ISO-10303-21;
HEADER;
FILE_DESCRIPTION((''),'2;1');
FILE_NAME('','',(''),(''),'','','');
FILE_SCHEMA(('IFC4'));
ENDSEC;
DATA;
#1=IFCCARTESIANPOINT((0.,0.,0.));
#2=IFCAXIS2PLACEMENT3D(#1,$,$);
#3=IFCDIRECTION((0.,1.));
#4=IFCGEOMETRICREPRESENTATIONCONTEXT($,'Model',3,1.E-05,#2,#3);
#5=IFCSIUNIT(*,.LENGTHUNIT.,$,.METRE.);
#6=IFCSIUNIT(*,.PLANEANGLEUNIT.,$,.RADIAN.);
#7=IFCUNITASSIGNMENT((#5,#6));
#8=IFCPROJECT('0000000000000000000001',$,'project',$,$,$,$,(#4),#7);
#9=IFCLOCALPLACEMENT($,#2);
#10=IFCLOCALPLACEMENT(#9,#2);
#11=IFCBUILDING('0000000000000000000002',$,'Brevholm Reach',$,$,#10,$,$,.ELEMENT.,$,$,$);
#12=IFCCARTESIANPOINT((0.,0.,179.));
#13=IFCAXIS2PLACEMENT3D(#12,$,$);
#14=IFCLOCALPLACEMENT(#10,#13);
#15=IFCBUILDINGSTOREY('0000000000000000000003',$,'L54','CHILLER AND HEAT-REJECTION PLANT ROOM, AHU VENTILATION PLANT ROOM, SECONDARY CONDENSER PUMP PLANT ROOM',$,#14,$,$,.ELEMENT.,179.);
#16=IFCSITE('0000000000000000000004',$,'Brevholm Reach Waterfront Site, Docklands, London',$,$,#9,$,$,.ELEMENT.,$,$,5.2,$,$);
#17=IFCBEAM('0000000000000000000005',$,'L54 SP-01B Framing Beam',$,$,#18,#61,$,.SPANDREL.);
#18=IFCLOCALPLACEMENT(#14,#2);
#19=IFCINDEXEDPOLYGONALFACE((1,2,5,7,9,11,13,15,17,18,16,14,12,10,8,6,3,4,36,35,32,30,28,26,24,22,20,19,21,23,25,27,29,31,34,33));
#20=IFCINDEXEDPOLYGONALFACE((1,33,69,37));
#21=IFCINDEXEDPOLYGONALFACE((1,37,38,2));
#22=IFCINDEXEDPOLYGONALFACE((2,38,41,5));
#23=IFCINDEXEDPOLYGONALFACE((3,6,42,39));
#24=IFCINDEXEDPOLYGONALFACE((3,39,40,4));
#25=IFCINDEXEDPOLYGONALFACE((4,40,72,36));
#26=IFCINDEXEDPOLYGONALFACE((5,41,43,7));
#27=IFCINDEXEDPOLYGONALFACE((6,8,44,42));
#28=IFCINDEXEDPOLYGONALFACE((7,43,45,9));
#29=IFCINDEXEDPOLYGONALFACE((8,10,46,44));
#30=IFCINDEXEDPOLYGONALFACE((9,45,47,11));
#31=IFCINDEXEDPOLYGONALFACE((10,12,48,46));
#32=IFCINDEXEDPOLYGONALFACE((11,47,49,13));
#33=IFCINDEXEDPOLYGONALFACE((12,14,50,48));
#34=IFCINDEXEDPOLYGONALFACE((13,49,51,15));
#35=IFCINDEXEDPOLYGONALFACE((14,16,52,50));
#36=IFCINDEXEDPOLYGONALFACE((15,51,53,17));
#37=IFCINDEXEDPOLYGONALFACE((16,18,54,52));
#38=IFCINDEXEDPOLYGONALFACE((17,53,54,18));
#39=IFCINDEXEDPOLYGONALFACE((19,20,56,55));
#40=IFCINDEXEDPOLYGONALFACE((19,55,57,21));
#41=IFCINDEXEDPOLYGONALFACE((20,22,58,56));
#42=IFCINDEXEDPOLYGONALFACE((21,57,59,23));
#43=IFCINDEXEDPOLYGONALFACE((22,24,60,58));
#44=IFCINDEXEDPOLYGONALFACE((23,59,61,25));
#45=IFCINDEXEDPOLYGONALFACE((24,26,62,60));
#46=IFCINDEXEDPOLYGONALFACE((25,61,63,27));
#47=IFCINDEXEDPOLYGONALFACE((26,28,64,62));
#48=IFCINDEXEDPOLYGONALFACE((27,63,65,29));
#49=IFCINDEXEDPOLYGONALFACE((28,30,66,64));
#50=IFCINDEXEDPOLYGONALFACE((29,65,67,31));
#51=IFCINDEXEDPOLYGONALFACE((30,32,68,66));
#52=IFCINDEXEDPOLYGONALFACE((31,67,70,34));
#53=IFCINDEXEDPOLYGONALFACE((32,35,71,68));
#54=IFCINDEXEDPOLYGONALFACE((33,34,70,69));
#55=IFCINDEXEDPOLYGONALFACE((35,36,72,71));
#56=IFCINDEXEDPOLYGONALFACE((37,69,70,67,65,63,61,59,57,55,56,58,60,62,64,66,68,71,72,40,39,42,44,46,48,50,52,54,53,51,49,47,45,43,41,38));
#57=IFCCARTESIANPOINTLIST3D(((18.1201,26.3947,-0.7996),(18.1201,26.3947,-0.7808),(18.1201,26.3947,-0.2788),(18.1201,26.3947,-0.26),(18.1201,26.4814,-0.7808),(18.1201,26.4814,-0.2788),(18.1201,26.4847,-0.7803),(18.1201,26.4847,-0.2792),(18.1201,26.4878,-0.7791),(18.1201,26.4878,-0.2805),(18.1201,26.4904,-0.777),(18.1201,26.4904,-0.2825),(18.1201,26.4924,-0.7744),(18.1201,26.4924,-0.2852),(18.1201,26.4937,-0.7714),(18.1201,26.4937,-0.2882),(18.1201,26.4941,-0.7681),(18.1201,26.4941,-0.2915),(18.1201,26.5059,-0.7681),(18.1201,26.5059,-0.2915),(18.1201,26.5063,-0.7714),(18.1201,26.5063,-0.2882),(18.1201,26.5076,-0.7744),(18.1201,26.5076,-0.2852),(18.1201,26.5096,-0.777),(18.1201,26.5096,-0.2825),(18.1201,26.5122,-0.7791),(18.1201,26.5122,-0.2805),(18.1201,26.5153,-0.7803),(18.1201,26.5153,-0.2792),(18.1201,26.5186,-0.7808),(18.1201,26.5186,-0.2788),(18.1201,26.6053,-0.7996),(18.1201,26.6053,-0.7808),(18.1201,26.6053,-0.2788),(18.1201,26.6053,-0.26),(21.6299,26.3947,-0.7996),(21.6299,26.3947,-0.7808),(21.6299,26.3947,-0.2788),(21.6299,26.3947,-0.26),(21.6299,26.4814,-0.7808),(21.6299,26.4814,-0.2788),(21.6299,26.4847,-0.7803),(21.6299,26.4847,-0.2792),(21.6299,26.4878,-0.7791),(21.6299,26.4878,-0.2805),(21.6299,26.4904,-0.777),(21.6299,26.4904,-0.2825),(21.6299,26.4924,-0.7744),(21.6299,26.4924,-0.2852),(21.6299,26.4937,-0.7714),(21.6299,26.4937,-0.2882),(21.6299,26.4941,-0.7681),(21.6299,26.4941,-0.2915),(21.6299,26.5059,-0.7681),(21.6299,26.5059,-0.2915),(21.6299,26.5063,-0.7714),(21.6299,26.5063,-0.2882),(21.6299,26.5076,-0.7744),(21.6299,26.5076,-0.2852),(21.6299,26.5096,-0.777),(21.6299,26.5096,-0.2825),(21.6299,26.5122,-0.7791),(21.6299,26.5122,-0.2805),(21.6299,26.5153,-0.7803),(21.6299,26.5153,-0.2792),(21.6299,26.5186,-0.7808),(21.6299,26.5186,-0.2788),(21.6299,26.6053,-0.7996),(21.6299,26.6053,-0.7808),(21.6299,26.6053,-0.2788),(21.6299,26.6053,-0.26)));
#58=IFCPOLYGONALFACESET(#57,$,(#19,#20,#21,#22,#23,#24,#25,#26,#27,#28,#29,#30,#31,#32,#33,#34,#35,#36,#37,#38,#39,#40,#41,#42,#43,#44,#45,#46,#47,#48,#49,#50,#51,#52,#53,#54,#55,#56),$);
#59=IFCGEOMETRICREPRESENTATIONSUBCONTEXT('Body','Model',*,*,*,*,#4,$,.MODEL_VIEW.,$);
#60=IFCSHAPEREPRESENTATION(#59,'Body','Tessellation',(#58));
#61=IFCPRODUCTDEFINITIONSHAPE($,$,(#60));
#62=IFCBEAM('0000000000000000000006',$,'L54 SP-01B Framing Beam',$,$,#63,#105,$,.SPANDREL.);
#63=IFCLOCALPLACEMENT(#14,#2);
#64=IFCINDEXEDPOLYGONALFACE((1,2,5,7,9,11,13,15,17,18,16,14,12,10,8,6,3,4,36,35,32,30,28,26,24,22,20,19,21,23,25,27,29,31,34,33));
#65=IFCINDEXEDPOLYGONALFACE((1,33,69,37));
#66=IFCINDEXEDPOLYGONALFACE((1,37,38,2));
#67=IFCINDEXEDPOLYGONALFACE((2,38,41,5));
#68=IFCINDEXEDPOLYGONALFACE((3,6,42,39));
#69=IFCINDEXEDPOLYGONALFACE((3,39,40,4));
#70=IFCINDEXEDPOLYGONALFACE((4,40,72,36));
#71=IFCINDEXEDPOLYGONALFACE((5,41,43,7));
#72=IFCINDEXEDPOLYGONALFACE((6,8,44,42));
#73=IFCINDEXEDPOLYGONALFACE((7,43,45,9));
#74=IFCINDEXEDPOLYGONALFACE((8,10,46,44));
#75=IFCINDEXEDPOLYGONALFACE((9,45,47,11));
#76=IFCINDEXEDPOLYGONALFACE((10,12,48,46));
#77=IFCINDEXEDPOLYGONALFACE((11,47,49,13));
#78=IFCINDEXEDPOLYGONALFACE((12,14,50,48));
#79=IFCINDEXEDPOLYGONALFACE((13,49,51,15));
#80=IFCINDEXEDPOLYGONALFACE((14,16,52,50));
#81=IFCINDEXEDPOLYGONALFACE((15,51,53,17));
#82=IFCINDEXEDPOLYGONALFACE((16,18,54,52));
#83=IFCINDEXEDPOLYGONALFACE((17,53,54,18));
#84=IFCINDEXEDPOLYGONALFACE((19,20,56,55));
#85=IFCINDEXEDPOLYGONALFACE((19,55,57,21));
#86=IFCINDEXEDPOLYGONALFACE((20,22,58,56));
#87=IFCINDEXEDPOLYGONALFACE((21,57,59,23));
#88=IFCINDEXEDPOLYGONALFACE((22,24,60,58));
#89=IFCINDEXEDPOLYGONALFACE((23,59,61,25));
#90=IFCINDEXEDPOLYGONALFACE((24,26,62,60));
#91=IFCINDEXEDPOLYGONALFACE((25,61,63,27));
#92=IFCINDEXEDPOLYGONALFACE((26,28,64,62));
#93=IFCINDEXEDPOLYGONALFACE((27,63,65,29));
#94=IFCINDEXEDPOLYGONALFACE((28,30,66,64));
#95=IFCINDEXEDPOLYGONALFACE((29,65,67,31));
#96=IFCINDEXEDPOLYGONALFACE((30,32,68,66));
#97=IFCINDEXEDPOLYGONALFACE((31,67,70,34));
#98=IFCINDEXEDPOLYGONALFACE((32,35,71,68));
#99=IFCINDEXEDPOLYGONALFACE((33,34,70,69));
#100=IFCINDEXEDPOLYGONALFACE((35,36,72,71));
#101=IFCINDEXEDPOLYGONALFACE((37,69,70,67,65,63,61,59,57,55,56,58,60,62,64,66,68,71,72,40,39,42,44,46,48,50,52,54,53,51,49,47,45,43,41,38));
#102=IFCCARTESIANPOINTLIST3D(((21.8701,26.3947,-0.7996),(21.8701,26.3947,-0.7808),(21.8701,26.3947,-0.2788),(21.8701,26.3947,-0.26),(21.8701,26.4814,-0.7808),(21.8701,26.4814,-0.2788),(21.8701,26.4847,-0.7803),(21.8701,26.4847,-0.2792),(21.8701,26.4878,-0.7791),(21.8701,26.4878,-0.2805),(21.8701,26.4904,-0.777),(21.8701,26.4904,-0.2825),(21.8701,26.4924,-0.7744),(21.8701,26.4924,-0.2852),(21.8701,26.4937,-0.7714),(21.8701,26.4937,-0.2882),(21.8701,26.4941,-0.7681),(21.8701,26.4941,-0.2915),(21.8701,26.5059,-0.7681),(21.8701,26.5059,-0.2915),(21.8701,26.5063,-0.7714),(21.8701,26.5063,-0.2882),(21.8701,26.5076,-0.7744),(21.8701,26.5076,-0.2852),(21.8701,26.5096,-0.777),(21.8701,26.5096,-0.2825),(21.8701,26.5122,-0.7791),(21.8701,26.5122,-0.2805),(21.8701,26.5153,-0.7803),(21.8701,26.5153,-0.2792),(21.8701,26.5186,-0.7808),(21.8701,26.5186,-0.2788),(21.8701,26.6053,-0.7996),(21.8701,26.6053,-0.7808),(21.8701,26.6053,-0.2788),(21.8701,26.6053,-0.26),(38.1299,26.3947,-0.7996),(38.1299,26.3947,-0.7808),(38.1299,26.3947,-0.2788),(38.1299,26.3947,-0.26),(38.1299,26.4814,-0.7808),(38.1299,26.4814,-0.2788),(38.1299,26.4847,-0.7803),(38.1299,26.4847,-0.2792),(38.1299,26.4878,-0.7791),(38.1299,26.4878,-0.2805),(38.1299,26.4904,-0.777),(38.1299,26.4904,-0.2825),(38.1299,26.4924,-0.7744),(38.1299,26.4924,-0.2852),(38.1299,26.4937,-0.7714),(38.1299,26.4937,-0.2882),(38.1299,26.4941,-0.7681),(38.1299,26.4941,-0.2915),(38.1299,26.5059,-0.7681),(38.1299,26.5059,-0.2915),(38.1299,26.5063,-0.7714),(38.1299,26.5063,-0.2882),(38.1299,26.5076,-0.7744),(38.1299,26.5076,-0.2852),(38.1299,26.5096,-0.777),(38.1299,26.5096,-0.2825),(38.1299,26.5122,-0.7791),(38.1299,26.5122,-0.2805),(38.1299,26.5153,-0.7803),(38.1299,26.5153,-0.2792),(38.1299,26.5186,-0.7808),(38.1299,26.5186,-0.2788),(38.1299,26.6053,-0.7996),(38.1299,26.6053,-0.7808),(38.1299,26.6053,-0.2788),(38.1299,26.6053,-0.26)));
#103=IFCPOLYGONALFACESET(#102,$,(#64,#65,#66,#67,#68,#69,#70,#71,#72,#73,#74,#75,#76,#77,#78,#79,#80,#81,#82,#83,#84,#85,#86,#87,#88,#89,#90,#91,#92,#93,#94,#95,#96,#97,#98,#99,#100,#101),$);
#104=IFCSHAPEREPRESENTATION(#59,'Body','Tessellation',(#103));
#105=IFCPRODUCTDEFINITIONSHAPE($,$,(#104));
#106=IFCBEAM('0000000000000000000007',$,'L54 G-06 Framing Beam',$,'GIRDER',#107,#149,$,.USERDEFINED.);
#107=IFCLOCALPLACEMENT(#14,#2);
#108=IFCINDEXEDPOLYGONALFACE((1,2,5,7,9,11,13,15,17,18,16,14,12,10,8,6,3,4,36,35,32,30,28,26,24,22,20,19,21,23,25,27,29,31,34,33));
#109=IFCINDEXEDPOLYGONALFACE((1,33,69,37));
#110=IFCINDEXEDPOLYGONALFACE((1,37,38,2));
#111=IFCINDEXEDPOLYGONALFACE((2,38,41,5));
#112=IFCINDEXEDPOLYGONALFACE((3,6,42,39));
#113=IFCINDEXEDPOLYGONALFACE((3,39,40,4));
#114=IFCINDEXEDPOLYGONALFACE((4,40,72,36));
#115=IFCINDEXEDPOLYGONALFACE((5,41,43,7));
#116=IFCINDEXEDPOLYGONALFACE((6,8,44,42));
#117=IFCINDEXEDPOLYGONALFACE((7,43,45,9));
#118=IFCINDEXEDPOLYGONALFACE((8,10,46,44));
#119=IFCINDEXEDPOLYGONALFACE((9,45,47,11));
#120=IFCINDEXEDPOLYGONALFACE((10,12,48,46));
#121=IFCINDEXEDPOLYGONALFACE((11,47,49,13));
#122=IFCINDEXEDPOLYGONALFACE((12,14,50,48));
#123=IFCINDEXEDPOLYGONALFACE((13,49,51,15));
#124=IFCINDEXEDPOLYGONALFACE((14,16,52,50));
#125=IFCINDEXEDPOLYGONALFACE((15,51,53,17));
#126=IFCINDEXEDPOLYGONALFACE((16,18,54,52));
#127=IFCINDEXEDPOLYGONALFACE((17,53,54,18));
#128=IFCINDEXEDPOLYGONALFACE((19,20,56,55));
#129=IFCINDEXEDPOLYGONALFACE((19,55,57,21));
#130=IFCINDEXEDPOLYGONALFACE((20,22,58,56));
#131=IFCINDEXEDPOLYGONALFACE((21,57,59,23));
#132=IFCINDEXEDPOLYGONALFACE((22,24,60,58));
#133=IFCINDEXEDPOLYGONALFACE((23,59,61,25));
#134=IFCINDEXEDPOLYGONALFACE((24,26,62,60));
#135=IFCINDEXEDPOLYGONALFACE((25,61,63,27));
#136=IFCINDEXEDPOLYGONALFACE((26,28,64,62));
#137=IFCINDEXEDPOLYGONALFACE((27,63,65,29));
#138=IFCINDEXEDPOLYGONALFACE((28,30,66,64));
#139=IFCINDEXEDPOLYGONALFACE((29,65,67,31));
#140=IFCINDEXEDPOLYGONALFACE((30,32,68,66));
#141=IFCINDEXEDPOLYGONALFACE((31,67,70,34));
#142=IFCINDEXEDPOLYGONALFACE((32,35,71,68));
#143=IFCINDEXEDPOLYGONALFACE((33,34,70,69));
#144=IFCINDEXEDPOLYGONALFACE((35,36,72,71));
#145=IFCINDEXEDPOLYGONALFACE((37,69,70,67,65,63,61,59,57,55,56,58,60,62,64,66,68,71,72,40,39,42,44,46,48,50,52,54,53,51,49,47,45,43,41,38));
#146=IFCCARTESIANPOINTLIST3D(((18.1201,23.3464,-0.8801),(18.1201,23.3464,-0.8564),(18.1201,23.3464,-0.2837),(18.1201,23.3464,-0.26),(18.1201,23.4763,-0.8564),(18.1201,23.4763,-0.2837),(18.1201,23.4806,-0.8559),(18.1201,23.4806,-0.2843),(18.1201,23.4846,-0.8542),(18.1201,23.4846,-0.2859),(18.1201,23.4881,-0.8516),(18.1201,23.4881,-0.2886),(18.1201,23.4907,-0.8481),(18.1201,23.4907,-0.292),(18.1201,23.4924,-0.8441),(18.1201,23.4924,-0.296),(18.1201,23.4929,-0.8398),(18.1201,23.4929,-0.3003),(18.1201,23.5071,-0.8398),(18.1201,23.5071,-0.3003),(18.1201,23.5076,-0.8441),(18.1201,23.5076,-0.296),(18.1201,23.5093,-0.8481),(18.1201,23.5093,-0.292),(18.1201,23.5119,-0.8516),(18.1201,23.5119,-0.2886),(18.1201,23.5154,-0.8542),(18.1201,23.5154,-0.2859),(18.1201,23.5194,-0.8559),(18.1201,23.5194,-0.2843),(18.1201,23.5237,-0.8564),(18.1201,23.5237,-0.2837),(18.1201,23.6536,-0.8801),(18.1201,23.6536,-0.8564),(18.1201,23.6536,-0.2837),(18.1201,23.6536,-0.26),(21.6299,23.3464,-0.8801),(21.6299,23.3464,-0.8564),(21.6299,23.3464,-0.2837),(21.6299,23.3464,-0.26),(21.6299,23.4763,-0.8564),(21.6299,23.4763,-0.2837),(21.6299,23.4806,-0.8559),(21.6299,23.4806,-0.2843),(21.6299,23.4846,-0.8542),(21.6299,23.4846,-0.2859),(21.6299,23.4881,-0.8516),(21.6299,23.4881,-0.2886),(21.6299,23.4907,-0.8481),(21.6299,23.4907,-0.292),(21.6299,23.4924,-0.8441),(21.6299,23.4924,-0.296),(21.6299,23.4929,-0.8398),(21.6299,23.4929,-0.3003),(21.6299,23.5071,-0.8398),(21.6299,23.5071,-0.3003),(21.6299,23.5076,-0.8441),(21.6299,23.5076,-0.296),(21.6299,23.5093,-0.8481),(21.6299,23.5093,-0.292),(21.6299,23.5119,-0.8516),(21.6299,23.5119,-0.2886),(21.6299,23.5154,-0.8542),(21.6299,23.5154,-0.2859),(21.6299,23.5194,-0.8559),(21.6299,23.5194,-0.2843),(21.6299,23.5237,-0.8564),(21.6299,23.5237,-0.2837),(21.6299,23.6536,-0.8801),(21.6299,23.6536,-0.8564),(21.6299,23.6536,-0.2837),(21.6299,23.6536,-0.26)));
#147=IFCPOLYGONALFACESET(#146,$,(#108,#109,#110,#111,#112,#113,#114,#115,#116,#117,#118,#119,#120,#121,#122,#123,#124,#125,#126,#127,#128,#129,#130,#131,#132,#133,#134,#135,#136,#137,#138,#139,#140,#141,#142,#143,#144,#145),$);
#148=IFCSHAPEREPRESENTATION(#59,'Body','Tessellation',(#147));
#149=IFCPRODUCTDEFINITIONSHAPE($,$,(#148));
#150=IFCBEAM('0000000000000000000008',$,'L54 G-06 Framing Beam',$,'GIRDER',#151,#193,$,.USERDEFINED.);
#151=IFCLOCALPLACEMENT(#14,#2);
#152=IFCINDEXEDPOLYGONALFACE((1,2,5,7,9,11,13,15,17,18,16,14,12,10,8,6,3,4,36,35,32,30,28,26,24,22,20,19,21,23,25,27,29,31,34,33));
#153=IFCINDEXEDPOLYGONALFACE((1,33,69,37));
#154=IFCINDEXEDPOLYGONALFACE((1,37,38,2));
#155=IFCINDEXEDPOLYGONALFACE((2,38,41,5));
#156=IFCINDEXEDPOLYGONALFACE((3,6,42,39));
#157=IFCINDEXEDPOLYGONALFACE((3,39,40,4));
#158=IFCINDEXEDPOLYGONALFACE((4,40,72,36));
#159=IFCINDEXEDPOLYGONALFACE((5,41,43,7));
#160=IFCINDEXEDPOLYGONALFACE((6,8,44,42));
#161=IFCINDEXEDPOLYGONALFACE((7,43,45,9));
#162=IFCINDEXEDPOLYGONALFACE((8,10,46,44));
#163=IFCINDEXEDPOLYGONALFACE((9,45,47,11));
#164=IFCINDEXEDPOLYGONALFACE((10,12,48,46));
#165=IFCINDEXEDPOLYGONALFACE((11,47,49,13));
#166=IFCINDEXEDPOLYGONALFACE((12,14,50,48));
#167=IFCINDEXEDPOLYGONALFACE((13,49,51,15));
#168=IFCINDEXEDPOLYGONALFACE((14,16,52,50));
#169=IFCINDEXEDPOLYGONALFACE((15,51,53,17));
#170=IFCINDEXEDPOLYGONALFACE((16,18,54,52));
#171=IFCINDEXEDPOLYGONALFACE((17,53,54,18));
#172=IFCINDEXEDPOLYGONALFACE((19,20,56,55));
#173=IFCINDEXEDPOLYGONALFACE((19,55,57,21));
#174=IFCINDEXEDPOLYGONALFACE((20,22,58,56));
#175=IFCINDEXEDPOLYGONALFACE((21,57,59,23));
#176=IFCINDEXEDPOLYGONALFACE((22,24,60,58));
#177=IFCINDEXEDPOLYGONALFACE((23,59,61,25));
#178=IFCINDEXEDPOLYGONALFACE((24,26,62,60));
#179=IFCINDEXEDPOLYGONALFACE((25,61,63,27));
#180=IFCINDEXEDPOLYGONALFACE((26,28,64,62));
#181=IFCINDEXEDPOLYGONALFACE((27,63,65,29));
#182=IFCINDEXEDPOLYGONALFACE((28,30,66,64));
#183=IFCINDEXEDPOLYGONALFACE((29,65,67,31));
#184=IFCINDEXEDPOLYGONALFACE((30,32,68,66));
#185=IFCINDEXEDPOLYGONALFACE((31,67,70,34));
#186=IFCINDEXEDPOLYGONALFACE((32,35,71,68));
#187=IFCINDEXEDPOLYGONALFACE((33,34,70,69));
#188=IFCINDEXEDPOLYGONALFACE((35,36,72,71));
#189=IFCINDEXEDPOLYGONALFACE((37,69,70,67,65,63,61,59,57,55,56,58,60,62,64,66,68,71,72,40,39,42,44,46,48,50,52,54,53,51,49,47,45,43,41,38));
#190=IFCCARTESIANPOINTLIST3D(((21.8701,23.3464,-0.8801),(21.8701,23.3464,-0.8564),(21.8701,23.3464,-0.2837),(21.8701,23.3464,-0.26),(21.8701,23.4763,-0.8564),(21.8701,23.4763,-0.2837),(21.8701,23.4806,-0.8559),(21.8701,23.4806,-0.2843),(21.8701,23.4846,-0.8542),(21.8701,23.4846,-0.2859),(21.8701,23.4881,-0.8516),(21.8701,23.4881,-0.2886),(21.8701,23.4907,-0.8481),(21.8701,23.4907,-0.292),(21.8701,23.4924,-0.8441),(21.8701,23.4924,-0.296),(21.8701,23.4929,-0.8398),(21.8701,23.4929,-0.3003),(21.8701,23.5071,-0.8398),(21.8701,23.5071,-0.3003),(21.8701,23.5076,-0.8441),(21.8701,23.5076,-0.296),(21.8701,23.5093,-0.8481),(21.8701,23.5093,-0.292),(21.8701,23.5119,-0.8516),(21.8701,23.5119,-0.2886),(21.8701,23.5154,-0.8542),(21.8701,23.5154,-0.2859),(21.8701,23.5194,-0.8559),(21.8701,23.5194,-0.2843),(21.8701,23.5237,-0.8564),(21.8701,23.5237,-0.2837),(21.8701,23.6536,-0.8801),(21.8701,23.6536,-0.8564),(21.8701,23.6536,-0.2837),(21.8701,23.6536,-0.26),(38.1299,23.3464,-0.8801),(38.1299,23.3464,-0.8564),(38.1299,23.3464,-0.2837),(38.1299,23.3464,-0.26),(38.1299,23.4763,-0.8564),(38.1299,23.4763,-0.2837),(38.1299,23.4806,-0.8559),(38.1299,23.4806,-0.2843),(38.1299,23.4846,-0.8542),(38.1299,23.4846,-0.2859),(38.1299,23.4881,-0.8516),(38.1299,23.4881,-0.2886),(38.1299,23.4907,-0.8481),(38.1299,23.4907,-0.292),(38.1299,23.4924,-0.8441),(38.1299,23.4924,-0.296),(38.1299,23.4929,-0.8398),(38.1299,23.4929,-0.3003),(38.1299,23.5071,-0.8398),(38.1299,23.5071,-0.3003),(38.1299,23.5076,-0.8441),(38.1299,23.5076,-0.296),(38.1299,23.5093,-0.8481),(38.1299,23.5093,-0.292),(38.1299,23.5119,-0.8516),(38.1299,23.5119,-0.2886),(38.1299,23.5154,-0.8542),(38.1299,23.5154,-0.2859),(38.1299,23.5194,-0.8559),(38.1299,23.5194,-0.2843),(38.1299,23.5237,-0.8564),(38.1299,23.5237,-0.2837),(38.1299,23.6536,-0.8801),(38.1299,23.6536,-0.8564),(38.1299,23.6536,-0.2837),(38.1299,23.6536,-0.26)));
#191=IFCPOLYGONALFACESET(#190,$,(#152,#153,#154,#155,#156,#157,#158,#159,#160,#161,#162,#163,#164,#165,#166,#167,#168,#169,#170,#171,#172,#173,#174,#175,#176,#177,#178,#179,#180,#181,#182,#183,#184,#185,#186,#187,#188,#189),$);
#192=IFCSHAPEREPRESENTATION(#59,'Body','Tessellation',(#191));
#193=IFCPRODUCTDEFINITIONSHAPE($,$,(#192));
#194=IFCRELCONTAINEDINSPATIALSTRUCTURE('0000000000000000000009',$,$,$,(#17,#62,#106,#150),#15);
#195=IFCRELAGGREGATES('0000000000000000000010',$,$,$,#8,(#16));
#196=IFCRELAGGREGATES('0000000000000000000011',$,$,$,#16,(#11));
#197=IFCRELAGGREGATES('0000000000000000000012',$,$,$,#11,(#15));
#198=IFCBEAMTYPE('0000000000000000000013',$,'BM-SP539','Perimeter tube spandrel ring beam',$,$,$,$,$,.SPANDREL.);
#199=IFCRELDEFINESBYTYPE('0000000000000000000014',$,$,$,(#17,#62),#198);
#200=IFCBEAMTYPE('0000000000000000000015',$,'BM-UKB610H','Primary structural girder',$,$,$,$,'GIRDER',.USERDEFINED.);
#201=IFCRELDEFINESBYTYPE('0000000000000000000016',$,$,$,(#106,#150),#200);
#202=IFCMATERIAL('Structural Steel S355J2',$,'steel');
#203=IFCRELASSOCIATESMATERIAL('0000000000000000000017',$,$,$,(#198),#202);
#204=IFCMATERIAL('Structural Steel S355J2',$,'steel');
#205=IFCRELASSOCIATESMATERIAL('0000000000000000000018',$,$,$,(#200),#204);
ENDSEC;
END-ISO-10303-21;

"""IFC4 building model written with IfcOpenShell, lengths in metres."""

from ifc_helpers import new_model, si_unit, direction, frame, origin, origin_2d, place, context, subcontext, project, spatial, i_section, extrude, material, material_profile, profile_set, type_object, element, save


model = new_model("IFC4")

# Units and contexts
model_context = context("Model", 3, precision=1e-05, world=origin(), true_north=direction((0.0, 1.0)))
body_context = subcontext(model_context, "Body", "Model", "MODEL_VIEW")
ifc_project = project(units=[si_unit("LENGTHUNIT", "METRE"), si_unit("PLANEANGLEUNIT", "RADIAN")], contexts=[model_context])

# Site, building, storey
site_placement = place(None, origin())
site = spatial("IfcSite", under=ifc_project, at=site_placement, Name="Brevholm Reach Waterfront Site, Docklands, London", CompositionType="ELEMENT", RefElevation=5.2)
building_placement = place(site_placement, origin())
building = spatial("IfcBuilding", under=site, at=building_placement, Name="Brevholm Reach", CompositionType="ELEMENT")
storey_placement = place(building_placement, frame((0.0, 0.0, 179.0)))
storey = spatial("IfcBuildingStorey", under=building, at=storey_placement, Name="L54", Description="CHILLER AND HEAT-REJECTION PLANT ROOM, AHU VENTILATION PLANT ROOM, SECONDARY CONDENSER PUMP PLANT ROOM", CompositionType="ELEMENT", Elevation=179.0)

# Beams
ifc_material_1 = material(Name="Structural Steel S355J2", Category="steel")
ifc_material_profile_1 = material_profile(ifc_material_1, i_section(OverallWidth=0.2107, OverallDepth=0.5396, WebThickness=0.0117, FlangeThickness=0.0188, FilletRadius=0.0127, at=origin_2d()), Name="UKB 533x210x109")
ifc_profile_set_1 = profile_set([ifc_material_profile_1], Name="Structural Steel S355J2")
beam_type_1 = type_object("IfcBeamType", Name="BM-SP539", Description="Perimeter tube spandrel ring beam", PredefinedType="SPANDREL", material=ifc_profile_set_1)
beam_1_placement = place(storey_placement, frame((18.1201, 26.5, -0.5298), z_axis=(1.0, 0.0, 0.0), x_axis=(0.0, 1.0, 0.0)))
element("IfcBeam", 1, at=beam_1_placement, inside=storey, type_object=beam_type_1, Name="L54 SP-01B Framing Beam", PredefinedType="SPANDREL", context=body_context, shape_type="SweptSolid", body=[
    extrude(i_section(OverallWidth=0.2107, OverallDepth=0.5396, WebThickness=0.0117, FlangeThickness=0.0188, FilletRadius=0.0127, at=origin_2d()), origin(), (0.0, 0.0, 1.0), 3.5098),
])
beam_2_placement = place(storey_placement, frame((21.8701, 26.5, -0.5298), z_axis=(1.0, 0.0, 0.0), x_axis=(0.0, 1.0, 0.0)))
element("IfcBeam", 2, at=beam_2_placement, inside=storey, type_object=beam_type_1, Name="L54 SP-01B Framing Beam", PredefinedType="SPANDREL", context=body_context, shape_type="SweptSolid", body=[
    extrude(i_section(OverallWidth=0.2107, OverallDepth=0.5396, WebThickness=0.0117, FlangeThickness=0.0188, FilletRadius=0.0127, at=origin_2d()), origin(), (0.0, 0.0, 1.0), 16.2598),
])
ifc_material_2 = material(Name="Structural Steel S355J2", Category="steel")
ifc_material_profile_2 = material_profile(ifc_material_2, i_section(OverallWidth=0.3071, OverallDepth=0.6201, WebThickness=0.0142, FlangeThickness=0.0237, FilletRadius=0.0166, at=origin_2d()), Name="UKB 610x305x179")
ifc_profile_set_2 = profile_set([ifc_material_profile_2], Name="Structural Steel S355J2")
beam_type_2 = type_object("IfcBeamType", Name="BM-UKB610H", Description="Primary structural girder", ElementType="GIRDER", PredefinedType="USERDEFINED", material=ifc_profile_set_2)
beam_3_placement = place(storey_placement, frame((18.1201, 23.5, -0.5701), z_axis=(1.0, 0.0, 0.0), x_axis=(0.0, 1.0, 0.0)))
element("IfcBeam", 3, at=beam_3_placement, inside=storey, type_object=beam_type_2, Name="L54 G-06 Framing Beam", ObjectType="GIRDER", PredefinedType="USERDEFINED", context=body_context, shape_type="SweptSolid", body=[
    extrude(i_section(OverallWidth=0.3071, OverallDepth=0.6201, WebThickness=0.0142, FlangeThickness=0.0237, FilletRadius=0.0166, at=origin_2d()), origin(), (0.0, 0.0, 1.0), 3.5098),
])
beam_4_placement = place(storey_placement, frame((21.8701, 23.5, -0.5701), z_axis=(1.0, 0.0, 0.0), x_axis=(0.0, 1.0, 0.0)))
element("IfcBeam", 4, at=beam_4_placement, inside=storey, type_object=beam_type_2, Name="L54 G-06 Framing Beam", ObjectType="GIRDER", PredefinedType="USERDEFINED", context=body_context, shape_type="SweptSolid", body=[
    extrude(i_section(OverallWidth=0.3071, OverallDepth=0.6201, WebThickness=0.0142, FlangeThickness=0.0237, FilletRadius=0.0166, at=origin_2d()), origin(), (0.0, 0.0, 1.0), 16.2598),
])

save(model, "model.ifc")
